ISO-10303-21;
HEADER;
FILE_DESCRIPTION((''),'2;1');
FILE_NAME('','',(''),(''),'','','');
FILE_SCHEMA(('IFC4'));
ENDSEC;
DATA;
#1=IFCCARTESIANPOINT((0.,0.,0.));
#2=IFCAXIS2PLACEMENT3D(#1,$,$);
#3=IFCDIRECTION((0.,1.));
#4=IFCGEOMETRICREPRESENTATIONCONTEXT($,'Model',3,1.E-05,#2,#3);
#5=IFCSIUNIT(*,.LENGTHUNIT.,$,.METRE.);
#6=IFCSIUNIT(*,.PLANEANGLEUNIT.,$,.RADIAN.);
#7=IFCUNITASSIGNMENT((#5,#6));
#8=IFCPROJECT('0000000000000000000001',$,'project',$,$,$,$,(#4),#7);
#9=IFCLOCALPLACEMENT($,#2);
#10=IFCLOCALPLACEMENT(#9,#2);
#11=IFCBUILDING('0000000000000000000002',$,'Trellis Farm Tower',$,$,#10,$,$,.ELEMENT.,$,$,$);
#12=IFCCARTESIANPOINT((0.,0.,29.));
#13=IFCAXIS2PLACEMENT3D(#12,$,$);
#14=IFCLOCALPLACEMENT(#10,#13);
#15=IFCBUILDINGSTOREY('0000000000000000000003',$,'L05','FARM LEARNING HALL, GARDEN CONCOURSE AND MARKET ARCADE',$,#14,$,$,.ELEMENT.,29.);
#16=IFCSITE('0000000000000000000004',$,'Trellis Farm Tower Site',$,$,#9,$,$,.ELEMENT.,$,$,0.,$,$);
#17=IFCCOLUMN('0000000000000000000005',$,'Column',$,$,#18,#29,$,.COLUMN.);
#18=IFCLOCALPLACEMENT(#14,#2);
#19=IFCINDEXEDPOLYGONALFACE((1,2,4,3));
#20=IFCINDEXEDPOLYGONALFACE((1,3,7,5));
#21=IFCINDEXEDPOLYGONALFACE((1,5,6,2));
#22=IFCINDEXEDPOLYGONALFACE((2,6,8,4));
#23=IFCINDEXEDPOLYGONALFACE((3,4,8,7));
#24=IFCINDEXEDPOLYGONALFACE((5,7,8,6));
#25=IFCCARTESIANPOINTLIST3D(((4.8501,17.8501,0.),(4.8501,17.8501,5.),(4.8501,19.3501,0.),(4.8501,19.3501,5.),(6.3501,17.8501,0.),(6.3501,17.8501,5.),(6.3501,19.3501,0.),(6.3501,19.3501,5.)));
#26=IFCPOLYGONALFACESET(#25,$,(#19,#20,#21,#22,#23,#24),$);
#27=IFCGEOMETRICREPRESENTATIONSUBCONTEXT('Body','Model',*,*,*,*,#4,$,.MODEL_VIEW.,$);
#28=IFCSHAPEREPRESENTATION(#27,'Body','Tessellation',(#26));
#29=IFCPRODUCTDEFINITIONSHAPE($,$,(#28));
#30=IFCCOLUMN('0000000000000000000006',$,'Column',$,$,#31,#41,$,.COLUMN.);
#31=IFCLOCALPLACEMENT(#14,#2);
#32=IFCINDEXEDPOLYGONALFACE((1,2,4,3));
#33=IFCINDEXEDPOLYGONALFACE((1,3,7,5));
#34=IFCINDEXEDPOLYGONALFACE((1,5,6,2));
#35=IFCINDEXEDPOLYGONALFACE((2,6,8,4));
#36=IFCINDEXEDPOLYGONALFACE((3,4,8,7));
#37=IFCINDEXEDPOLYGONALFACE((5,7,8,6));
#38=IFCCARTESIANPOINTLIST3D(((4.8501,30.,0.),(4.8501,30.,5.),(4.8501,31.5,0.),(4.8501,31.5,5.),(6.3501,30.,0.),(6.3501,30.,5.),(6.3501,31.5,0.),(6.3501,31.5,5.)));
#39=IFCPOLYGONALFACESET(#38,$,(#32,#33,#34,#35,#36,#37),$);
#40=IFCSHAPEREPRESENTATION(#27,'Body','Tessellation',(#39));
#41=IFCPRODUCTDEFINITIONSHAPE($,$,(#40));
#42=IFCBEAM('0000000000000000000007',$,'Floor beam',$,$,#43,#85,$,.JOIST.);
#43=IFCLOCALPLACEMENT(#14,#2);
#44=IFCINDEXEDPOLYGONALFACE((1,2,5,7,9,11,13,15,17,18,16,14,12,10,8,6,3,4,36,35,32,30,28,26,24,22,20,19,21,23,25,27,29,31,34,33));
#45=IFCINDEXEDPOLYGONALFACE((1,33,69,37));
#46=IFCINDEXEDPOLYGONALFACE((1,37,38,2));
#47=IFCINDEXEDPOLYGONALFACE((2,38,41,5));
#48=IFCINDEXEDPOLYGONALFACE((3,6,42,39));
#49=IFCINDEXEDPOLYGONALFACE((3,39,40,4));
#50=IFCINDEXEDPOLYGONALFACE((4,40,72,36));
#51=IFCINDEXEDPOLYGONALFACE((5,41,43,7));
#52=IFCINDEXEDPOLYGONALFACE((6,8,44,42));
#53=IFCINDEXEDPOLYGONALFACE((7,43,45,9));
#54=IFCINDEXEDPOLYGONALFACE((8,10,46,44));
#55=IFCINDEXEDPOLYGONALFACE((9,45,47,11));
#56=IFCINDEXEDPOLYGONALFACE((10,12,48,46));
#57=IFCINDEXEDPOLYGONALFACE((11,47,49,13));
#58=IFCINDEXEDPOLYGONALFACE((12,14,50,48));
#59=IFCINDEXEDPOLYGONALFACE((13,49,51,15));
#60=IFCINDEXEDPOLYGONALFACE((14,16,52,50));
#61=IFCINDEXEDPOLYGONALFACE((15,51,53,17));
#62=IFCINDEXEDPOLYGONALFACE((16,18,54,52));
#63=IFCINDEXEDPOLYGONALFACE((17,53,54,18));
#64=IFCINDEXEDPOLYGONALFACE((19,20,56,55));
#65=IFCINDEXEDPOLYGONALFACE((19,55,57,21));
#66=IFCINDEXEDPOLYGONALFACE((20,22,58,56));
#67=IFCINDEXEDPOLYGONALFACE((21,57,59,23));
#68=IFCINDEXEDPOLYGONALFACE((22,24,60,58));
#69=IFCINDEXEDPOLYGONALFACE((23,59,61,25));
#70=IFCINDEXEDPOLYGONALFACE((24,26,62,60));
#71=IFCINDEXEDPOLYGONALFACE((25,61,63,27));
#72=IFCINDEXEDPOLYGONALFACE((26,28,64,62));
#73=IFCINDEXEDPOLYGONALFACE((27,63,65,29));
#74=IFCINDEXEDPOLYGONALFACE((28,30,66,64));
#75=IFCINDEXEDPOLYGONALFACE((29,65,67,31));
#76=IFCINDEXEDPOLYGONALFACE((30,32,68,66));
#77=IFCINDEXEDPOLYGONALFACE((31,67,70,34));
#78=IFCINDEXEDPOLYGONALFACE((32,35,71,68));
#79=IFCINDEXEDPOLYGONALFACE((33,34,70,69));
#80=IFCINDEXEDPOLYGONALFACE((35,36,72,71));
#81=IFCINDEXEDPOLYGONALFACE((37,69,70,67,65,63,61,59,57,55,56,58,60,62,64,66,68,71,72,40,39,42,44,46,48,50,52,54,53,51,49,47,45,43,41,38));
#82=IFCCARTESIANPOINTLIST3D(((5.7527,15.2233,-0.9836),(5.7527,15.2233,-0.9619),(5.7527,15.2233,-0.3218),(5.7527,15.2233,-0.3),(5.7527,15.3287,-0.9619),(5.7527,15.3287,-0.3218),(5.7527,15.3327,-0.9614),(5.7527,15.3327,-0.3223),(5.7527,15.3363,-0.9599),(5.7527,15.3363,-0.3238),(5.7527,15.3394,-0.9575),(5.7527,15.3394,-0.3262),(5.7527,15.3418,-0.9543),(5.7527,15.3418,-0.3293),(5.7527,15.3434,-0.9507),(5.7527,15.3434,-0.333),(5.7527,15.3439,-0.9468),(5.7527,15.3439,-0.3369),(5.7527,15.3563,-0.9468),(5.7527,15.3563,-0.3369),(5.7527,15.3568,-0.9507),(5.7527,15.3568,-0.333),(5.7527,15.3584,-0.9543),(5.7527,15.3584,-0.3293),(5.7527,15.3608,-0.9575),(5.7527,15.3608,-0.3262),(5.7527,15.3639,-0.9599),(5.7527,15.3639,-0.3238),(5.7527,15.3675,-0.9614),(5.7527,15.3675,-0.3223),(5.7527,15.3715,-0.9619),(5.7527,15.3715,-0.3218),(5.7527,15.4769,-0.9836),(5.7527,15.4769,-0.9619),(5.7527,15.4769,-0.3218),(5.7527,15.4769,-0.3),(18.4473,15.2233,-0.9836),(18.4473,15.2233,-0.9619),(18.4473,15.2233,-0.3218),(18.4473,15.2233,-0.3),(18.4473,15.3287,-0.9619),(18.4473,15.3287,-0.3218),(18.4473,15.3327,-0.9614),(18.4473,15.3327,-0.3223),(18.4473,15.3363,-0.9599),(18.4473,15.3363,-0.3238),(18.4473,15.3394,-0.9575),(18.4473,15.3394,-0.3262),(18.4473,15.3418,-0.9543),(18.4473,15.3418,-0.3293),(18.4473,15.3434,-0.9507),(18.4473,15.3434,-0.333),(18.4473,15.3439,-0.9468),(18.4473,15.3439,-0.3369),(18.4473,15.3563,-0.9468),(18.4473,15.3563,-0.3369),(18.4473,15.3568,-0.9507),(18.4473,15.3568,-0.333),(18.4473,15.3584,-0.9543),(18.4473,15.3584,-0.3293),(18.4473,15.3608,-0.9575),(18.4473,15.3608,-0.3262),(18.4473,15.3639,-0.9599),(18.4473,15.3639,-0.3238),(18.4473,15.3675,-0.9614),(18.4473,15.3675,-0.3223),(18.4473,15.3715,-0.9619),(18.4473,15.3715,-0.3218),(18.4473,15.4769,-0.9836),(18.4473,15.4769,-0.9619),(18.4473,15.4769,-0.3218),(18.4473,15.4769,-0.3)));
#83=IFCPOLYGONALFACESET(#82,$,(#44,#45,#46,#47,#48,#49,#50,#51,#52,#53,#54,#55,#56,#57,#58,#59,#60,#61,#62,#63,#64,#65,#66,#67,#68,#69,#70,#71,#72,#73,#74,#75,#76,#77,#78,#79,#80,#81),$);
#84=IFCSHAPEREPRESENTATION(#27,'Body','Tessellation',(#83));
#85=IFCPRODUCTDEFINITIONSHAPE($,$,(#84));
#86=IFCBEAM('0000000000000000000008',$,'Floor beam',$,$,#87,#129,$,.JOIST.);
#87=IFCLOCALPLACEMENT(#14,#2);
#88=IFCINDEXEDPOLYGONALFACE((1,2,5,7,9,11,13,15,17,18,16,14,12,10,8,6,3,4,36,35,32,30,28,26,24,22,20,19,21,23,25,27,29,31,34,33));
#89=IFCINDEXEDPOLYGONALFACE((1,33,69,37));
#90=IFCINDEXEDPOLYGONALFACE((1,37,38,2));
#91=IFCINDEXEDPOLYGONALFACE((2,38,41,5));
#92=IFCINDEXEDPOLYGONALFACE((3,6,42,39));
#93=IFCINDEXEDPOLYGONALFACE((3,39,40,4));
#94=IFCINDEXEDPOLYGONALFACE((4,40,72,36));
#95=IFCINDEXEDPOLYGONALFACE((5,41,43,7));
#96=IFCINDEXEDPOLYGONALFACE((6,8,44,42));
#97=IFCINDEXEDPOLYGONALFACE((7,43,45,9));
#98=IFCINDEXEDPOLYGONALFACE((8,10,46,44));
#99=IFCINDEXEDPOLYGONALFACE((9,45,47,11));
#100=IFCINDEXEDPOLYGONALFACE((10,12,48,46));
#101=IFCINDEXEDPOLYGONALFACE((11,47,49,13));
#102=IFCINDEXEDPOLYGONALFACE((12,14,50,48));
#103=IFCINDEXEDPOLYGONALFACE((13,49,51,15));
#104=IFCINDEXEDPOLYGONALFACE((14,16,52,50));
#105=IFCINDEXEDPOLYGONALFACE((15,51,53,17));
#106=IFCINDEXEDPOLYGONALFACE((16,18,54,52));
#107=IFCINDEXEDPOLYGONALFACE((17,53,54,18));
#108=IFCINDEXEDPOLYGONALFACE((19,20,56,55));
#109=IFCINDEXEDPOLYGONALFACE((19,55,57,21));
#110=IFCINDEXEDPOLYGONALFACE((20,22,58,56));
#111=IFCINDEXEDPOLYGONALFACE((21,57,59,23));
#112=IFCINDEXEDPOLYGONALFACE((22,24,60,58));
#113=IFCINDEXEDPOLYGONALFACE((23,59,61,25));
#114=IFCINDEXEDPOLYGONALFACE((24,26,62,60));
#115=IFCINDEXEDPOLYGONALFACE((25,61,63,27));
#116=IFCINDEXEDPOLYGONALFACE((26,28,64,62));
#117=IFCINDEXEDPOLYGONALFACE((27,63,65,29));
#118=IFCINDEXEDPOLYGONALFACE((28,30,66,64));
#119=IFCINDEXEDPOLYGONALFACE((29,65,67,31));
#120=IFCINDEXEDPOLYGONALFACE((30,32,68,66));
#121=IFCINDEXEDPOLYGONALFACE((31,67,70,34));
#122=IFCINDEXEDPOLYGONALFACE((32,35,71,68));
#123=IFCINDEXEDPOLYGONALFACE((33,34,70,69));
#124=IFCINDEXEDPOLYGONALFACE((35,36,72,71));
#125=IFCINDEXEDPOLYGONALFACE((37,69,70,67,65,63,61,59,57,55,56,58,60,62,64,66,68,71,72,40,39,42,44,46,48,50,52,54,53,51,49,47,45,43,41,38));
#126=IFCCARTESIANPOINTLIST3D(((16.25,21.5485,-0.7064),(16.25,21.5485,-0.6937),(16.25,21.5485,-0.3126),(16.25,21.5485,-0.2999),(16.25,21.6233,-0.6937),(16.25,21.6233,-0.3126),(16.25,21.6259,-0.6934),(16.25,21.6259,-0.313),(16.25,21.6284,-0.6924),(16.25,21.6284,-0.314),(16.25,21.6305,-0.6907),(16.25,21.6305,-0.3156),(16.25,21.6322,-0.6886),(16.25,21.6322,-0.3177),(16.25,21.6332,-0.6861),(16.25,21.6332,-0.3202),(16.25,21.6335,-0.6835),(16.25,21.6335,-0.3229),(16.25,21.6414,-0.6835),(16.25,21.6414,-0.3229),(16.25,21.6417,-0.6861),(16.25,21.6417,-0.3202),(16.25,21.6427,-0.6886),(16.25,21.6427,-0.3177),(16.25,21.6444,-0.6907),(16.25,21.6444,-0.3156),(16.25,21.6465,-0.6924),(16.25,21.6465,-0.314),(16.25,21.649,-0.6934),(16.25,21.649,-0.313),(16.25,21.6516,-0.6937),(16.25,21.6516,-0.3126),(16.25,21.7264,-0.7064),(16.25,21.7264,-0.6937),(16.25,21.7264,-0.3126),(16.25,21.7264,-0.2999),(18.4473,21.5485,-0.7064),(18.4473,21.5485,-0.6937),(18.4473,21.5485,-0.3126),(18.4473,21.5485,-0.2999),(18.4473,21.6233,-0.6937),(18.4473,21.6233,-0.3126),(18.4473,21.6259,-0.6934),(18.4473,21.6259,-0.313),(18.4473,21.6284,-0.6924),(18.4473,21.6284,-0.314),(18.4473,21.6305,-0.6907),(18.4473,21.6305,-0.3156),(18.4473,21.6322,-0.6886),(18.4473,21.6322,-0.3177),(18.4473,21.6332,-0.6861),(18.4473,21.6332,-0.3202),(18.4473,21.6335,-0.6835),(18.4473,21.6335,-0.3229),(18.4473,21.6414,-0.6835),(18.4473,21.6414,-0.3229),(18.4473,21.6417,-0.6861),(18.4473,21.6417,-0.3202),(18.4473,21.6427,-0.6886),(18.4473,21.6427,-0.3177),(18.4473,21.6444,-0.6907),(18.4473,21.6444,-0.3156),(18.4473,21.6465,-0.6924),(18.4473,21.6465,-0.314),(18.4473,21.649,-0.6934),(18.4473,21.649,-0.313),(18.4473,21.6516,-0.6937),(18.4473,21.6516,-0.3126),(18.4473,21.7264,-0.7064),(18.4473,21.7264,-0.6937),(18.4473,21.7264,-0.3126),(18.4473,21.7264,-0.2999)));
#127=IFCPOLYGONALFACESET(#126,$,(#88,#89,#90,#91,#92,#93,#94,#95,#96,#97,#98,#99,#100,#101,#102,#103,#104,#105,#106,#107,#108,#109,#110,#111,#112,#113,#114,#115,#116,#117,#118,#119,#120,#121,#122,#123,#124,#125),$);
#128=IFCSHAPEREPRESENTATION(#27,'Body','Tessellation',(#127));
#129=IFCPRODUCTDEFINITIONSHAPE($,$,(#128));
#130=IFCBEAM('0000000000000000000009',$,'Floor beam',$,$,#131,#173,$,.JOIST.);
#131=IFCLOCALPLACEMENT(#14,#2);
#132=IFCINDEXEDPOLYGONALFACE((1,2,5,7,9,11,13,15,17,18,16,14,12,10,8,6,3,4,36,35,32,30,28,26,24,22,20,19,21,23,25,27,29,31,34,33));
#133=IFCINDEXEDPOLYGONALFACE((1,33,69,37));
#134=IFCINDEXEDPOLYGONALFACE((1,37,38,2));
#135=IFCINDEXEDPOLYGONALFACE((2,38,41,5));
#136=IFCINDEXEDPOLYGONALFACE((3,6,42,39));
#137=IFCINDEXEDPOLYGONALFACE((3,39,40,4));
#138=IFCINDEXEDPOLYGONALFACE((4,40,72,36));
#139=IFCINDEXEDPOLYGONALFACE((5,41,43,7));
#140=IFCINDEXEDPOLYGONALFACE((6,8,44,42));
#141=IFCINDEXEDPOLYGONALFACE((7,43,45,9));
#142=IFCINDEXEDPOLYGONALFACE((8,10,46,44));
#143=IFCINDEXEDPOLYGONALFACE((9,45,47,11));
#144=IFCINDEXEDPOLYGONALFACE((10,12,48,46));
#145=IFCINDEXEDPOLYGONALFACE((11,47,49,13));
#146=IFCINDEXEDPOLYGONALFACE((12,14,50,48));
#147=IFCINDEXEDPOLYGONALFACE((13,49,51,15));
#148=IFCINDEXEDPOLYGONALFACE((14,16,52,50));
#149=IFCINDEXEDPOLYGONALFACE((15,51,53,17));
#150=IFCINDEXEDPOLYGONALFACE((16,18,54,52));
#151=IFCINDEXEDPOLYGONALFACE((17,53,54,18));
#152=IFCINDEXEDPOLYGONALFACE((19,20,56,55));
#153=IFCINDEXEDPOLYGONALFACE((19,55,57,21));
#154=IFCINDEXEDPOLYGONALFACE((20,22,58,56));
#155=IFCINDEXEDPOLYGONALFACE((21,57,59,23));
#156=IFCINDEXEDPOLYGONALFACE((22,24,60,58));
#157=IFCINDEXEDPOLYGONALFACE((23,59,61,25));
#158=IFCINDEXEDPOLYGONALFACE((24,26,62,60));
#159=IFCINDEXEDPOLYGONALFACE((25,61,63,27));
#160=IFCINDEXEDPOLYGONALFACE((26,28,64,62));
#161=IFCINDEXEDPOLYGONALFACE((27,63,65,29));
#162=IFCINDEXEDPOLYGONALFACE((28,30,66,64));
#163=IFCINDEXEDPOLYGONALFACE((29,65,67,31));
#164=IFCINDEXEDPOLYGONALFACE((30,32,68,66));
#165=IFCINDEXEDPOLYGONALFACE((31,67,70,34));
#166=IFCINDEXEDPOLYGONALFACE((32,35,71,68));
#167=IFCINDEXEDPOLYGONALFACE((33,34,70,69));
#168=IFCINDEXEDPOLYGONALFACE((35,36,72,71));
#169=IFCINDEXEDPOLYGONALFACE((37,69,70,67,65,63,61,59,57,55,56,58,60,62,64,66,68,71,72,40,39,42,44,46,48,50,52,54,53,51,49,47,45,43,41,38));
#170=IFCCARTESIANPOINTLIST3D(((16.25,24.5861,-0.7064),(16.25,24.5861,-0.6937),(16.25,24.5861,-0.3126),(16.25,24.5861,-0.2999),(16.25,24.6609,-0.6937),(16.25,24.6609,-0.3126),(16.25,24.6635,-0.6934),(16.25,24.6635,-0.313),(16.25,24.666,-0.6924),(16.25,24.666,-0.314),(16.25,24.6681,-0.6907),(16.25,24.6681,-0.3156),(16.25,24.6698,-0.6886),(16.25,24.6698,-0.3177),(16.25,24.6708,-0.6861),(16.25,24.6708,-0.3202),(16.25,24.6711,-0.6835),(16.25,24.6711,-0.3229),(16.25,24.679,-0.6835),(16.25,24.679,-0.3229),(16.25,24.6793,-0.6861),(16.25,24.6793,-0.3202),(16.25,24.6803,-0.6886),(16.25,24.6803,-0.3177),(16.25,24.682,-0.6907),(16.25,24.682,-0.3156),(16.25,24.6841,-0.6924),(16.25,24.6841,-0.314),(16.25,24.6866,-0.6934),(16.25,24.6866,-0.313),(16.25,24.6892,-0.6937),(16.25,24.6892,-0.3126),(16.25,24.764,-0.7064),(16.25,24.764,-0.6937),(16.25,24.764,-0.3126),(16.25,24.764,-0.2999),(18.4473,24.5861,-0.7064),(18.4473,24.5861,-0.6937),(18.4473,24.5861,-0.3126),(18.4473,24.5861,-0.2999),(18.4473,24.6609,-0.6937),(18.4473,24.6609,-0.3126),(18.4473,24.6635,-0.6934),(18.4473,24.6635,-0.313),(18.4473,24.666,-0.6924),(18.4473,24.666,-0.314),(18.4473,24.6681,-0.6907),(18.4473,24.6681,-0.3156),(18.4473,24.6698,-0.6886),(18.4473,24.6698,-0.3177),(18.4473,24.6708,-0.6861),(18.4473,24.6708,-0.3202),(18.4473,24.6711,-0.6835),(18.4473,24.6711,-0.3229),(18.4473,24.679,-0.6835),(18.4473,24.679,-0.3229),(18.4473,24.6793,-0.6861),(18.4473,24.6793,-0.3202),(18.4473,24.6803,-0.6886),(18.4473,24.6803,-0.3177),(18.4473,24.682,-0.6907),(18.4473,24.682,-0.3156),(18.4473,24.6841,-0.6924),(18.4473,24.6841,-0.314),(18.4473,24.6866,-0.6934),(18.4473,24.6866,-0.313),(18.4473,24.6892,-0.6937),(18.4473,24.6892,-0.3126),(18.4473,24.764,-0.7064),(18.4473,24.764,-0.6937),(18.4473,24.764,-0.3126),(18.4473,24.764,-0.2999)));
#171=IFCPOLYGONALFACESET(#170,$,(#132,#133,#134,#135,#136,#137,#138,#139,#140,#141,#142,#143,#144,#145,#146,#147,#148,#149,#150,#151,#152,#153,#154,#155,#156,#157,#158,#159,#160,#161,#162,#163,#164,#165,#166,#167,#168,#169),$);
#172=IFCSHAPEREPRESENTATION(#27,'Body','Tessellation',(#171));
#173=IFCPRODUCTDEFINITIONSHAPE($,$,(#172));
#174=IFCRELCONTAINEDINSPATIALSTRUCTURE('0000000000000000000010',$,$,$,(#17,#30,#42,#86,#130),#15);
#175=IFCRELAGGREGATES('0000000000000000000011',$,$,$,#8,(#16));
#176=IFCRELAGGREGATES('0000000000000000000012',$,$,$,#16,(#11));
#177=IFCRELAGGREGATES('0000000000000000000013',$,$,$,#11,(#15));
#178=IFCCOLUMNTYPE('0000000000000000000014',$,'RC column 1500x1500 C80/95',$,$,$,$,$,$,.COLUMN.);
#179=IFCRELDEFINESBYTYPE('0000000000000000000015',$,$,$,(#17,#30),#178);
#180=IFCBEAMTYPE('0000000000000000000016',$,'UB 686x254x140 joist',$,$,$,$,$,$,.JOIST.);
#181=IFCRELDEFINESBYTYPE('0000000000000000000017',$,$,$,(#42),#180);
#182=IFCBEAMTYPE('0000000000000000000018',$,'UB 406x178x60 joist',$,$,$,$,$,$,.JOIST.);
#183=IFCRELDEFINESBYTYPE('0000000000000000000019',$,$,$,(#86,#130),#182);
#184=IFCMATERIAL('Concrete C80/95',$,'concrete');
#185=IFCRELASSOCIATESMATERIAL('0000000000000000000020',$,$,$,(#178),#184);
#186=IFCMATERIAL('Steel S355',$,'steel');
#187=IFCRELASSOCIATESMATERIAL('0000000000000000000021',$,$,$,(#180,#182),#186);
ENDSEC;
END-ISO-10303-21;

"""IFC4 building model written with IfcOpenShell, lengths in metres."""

from ifc_helpers import new_model, si_unit, direction, frame, origin, origin_2d, place, context, subcontext, project, spatial, rectangle, i_section, extrude, source, transform, mapped, material, material_profile, profile_set, type_object, element, save


model = new_model("IFC4")

# Units and contexts
model_context = context("Model", 3, precision=1e-05, world=origin(), true_north=direction((0.0, 1.0)))
body_context = subcontext(model_context, "Body", "Model", "MODEL_VIEW")
ifc_project = project(units=[si_unit("LENGTHUNIT", "METRE"), si_unit("PLANEANGLEUNIT", "RADIAN")], contexts=[model_context])

# Site, building, storey
site_placement = place(None, origin())
site = spatial("IfcSite", under=ifc_project, at=site_placement, Name="Trellis Farm Tower Site", CompositionType="ELEMENT", RefElevation=0.0)
building_placement = place(site_placement, origin())
building = spatial("IfcBuilding", under=site, at=building_placement, Name="Trellis Farm Tower", CompositionType="ELEMENT")
storey_placement = place(building_placement, frame((0.0, 0.0, 29.0)))
storey = spatial("IfcBuildingStorey", under=building, at=storey_placement, Name="L05", Description="FARM LEARNING HALL, GARDEN CONCOURSE AND MARKET ARCADE", CompositionType="ELEMENT", Elevation=29.0)

# Columns
ifc_material_1 = material(Name="Concrete C80/95", Category="concrete")
ifc_material_profile_1 = material_profile(ifc_material_1, rectangle(XDim=1.5, YDim=1.5, at=origin_2d()), Name="RC column 1500x1500 C80/95")
ifc_profile_set_1 = profile_set([ifc_material_profile_1], Name="Concrete C80/95")
column_type = type_object("IfcColumnType", Name="RC column 1500x1500 C80/95", PredefinedType="COLUMN", material=ifc_profile_set_1)
shared_shape_1 = source(origin(), body_context, "Body", "SweptSolid", [
    extrude(rectangle(XDim=1.5, YDim=1.5, at=origin_2d()), origin(), (0.0, 0.0, 1.0), 5.0),
])
for number, where, z_axis, x_axis, name in (
    (1, (5.6001, 18.6001, 0.0), (0.0, 0.0, 1.0), (1.0, 0.0, 0.0), "Column"),
    (2, (5.6001, 30.75, 0.0), (0.0, 0.0, 1.0), (1.0, 0.0, 0.0), "Column"),
):
    element("IfcColumn", number, at=place(storey_placement, frame(where, z_axis=z_axis, x_axis=x_axis)), inside=storey, type_object=column_type, Name=name, PredefinedType="COLUMN", context=body_context, shape_type="MappedRepresentation", body=[
        mapped(shared_shape_1, transform((0.0, 0.0, 0.0))),
    ])

# Beams
ifc_material_2 = material(Name="Steel S355", Category="steel")
ifc_material_profile_2 = material_profile(ifc_material_2, i_section(OverallWidth=0.2537, OverallDepth=0.6836, WebThickness=0.0125, FlangeThickness=0.0217, FilletRadius=0.0151, at=origin_2d()), Name="UB 686x254x140")
ifc_profile_set_2 = profile_set([ifc_material_profile_2], Name="Steel S355")
beam_type_1 = type_object("IfcBeamType", Name="UB 686x254x140 joist", PredefinedType="JOIST", material=ifc_profile_set_2)
shared_shape_2 = source(origin(), body_context, "Body", "SweptSolid", [
    extrude(i_section(OverallWidth=0.2537, OverallDepth=0.6836, WebThickness=0.0125, FlangeThickness=0.0217, FilletRadius=0.0151, at=origin_2d()), origin(), (0.0, 0.0, 1.0), 12.6946),
])
beam_1_placement = place(storey_placement, frame((5.7527, 15.3501, -0.6418), z_axis=(1.0, 0.0, 0.0), x_axis=(0.0, 1.0, 0.0)))
element("IfcBeam", 3, at=beam_1_placement, inside=storey, type_object=beam_type_1, Name="Floor beam", PredefinedType="JOIST", context=body_context, shape_type="MappedRepresentation", body=[
    mapped(shared_shape_2, transform((0.0, 0.0, 0.0))),
])
ifc_material_profile_3 = material_profile(ifc_material_2, i_section(OverallWidth=0.178, OverallDepth=0.4065, WebThickness=0.0078, FlangeThickness=0.0127, FilletRadius=0.0103, at=origin_2d()), Name="UB 406x178x60")
ifc_profile_set_3 = profile_set([ifc_material_profile_3], Name="Steel S355")
beam_type_2 = type_object("IfcBeamType", Name="UB 406x178x60 joist", PredefinedType="JOIST", material=ifc_profile_set_3)
shared_shape_3 = source(origin(), body_context, "Body", "SweptSolid", [
    extrude(i_section(OverallWidth=0.178, OverallDepth=0.4065, WebThickness=0.0078, FlangeThickness=0.0127, FilletRadius=0.0103, at=origin_2d()), origin(), (0.0, 0.0, 1.0), 2.1973),
])
for number, where, z_axis, x_axis, name in (
    (4, (16.25, 21.6375, -0.5032), (1.0, 0.0, 0.0), (0.0, 1.0, 0.0), "Floor beam"),
    (5, (16.25, 24.675, -0.5032), (1.0, 0.0, 0.0), (0.0, 1.0, 0.0), "Floor beam"),
):
    element("IfcBeam", number, at=place(storey_placement, frame(where, z_axis=z_axis, x_axis=x_axis)), inside=storey, type_object=beam_type_2, Name=name, PredefinedType="JOIST", context=body_context, shape_type="MappedRepresentation", body=[
        mapped(shared_shape_3, transform((0.0, 0.0, 0.0))),
    ])

save(model, "model.ifc")
